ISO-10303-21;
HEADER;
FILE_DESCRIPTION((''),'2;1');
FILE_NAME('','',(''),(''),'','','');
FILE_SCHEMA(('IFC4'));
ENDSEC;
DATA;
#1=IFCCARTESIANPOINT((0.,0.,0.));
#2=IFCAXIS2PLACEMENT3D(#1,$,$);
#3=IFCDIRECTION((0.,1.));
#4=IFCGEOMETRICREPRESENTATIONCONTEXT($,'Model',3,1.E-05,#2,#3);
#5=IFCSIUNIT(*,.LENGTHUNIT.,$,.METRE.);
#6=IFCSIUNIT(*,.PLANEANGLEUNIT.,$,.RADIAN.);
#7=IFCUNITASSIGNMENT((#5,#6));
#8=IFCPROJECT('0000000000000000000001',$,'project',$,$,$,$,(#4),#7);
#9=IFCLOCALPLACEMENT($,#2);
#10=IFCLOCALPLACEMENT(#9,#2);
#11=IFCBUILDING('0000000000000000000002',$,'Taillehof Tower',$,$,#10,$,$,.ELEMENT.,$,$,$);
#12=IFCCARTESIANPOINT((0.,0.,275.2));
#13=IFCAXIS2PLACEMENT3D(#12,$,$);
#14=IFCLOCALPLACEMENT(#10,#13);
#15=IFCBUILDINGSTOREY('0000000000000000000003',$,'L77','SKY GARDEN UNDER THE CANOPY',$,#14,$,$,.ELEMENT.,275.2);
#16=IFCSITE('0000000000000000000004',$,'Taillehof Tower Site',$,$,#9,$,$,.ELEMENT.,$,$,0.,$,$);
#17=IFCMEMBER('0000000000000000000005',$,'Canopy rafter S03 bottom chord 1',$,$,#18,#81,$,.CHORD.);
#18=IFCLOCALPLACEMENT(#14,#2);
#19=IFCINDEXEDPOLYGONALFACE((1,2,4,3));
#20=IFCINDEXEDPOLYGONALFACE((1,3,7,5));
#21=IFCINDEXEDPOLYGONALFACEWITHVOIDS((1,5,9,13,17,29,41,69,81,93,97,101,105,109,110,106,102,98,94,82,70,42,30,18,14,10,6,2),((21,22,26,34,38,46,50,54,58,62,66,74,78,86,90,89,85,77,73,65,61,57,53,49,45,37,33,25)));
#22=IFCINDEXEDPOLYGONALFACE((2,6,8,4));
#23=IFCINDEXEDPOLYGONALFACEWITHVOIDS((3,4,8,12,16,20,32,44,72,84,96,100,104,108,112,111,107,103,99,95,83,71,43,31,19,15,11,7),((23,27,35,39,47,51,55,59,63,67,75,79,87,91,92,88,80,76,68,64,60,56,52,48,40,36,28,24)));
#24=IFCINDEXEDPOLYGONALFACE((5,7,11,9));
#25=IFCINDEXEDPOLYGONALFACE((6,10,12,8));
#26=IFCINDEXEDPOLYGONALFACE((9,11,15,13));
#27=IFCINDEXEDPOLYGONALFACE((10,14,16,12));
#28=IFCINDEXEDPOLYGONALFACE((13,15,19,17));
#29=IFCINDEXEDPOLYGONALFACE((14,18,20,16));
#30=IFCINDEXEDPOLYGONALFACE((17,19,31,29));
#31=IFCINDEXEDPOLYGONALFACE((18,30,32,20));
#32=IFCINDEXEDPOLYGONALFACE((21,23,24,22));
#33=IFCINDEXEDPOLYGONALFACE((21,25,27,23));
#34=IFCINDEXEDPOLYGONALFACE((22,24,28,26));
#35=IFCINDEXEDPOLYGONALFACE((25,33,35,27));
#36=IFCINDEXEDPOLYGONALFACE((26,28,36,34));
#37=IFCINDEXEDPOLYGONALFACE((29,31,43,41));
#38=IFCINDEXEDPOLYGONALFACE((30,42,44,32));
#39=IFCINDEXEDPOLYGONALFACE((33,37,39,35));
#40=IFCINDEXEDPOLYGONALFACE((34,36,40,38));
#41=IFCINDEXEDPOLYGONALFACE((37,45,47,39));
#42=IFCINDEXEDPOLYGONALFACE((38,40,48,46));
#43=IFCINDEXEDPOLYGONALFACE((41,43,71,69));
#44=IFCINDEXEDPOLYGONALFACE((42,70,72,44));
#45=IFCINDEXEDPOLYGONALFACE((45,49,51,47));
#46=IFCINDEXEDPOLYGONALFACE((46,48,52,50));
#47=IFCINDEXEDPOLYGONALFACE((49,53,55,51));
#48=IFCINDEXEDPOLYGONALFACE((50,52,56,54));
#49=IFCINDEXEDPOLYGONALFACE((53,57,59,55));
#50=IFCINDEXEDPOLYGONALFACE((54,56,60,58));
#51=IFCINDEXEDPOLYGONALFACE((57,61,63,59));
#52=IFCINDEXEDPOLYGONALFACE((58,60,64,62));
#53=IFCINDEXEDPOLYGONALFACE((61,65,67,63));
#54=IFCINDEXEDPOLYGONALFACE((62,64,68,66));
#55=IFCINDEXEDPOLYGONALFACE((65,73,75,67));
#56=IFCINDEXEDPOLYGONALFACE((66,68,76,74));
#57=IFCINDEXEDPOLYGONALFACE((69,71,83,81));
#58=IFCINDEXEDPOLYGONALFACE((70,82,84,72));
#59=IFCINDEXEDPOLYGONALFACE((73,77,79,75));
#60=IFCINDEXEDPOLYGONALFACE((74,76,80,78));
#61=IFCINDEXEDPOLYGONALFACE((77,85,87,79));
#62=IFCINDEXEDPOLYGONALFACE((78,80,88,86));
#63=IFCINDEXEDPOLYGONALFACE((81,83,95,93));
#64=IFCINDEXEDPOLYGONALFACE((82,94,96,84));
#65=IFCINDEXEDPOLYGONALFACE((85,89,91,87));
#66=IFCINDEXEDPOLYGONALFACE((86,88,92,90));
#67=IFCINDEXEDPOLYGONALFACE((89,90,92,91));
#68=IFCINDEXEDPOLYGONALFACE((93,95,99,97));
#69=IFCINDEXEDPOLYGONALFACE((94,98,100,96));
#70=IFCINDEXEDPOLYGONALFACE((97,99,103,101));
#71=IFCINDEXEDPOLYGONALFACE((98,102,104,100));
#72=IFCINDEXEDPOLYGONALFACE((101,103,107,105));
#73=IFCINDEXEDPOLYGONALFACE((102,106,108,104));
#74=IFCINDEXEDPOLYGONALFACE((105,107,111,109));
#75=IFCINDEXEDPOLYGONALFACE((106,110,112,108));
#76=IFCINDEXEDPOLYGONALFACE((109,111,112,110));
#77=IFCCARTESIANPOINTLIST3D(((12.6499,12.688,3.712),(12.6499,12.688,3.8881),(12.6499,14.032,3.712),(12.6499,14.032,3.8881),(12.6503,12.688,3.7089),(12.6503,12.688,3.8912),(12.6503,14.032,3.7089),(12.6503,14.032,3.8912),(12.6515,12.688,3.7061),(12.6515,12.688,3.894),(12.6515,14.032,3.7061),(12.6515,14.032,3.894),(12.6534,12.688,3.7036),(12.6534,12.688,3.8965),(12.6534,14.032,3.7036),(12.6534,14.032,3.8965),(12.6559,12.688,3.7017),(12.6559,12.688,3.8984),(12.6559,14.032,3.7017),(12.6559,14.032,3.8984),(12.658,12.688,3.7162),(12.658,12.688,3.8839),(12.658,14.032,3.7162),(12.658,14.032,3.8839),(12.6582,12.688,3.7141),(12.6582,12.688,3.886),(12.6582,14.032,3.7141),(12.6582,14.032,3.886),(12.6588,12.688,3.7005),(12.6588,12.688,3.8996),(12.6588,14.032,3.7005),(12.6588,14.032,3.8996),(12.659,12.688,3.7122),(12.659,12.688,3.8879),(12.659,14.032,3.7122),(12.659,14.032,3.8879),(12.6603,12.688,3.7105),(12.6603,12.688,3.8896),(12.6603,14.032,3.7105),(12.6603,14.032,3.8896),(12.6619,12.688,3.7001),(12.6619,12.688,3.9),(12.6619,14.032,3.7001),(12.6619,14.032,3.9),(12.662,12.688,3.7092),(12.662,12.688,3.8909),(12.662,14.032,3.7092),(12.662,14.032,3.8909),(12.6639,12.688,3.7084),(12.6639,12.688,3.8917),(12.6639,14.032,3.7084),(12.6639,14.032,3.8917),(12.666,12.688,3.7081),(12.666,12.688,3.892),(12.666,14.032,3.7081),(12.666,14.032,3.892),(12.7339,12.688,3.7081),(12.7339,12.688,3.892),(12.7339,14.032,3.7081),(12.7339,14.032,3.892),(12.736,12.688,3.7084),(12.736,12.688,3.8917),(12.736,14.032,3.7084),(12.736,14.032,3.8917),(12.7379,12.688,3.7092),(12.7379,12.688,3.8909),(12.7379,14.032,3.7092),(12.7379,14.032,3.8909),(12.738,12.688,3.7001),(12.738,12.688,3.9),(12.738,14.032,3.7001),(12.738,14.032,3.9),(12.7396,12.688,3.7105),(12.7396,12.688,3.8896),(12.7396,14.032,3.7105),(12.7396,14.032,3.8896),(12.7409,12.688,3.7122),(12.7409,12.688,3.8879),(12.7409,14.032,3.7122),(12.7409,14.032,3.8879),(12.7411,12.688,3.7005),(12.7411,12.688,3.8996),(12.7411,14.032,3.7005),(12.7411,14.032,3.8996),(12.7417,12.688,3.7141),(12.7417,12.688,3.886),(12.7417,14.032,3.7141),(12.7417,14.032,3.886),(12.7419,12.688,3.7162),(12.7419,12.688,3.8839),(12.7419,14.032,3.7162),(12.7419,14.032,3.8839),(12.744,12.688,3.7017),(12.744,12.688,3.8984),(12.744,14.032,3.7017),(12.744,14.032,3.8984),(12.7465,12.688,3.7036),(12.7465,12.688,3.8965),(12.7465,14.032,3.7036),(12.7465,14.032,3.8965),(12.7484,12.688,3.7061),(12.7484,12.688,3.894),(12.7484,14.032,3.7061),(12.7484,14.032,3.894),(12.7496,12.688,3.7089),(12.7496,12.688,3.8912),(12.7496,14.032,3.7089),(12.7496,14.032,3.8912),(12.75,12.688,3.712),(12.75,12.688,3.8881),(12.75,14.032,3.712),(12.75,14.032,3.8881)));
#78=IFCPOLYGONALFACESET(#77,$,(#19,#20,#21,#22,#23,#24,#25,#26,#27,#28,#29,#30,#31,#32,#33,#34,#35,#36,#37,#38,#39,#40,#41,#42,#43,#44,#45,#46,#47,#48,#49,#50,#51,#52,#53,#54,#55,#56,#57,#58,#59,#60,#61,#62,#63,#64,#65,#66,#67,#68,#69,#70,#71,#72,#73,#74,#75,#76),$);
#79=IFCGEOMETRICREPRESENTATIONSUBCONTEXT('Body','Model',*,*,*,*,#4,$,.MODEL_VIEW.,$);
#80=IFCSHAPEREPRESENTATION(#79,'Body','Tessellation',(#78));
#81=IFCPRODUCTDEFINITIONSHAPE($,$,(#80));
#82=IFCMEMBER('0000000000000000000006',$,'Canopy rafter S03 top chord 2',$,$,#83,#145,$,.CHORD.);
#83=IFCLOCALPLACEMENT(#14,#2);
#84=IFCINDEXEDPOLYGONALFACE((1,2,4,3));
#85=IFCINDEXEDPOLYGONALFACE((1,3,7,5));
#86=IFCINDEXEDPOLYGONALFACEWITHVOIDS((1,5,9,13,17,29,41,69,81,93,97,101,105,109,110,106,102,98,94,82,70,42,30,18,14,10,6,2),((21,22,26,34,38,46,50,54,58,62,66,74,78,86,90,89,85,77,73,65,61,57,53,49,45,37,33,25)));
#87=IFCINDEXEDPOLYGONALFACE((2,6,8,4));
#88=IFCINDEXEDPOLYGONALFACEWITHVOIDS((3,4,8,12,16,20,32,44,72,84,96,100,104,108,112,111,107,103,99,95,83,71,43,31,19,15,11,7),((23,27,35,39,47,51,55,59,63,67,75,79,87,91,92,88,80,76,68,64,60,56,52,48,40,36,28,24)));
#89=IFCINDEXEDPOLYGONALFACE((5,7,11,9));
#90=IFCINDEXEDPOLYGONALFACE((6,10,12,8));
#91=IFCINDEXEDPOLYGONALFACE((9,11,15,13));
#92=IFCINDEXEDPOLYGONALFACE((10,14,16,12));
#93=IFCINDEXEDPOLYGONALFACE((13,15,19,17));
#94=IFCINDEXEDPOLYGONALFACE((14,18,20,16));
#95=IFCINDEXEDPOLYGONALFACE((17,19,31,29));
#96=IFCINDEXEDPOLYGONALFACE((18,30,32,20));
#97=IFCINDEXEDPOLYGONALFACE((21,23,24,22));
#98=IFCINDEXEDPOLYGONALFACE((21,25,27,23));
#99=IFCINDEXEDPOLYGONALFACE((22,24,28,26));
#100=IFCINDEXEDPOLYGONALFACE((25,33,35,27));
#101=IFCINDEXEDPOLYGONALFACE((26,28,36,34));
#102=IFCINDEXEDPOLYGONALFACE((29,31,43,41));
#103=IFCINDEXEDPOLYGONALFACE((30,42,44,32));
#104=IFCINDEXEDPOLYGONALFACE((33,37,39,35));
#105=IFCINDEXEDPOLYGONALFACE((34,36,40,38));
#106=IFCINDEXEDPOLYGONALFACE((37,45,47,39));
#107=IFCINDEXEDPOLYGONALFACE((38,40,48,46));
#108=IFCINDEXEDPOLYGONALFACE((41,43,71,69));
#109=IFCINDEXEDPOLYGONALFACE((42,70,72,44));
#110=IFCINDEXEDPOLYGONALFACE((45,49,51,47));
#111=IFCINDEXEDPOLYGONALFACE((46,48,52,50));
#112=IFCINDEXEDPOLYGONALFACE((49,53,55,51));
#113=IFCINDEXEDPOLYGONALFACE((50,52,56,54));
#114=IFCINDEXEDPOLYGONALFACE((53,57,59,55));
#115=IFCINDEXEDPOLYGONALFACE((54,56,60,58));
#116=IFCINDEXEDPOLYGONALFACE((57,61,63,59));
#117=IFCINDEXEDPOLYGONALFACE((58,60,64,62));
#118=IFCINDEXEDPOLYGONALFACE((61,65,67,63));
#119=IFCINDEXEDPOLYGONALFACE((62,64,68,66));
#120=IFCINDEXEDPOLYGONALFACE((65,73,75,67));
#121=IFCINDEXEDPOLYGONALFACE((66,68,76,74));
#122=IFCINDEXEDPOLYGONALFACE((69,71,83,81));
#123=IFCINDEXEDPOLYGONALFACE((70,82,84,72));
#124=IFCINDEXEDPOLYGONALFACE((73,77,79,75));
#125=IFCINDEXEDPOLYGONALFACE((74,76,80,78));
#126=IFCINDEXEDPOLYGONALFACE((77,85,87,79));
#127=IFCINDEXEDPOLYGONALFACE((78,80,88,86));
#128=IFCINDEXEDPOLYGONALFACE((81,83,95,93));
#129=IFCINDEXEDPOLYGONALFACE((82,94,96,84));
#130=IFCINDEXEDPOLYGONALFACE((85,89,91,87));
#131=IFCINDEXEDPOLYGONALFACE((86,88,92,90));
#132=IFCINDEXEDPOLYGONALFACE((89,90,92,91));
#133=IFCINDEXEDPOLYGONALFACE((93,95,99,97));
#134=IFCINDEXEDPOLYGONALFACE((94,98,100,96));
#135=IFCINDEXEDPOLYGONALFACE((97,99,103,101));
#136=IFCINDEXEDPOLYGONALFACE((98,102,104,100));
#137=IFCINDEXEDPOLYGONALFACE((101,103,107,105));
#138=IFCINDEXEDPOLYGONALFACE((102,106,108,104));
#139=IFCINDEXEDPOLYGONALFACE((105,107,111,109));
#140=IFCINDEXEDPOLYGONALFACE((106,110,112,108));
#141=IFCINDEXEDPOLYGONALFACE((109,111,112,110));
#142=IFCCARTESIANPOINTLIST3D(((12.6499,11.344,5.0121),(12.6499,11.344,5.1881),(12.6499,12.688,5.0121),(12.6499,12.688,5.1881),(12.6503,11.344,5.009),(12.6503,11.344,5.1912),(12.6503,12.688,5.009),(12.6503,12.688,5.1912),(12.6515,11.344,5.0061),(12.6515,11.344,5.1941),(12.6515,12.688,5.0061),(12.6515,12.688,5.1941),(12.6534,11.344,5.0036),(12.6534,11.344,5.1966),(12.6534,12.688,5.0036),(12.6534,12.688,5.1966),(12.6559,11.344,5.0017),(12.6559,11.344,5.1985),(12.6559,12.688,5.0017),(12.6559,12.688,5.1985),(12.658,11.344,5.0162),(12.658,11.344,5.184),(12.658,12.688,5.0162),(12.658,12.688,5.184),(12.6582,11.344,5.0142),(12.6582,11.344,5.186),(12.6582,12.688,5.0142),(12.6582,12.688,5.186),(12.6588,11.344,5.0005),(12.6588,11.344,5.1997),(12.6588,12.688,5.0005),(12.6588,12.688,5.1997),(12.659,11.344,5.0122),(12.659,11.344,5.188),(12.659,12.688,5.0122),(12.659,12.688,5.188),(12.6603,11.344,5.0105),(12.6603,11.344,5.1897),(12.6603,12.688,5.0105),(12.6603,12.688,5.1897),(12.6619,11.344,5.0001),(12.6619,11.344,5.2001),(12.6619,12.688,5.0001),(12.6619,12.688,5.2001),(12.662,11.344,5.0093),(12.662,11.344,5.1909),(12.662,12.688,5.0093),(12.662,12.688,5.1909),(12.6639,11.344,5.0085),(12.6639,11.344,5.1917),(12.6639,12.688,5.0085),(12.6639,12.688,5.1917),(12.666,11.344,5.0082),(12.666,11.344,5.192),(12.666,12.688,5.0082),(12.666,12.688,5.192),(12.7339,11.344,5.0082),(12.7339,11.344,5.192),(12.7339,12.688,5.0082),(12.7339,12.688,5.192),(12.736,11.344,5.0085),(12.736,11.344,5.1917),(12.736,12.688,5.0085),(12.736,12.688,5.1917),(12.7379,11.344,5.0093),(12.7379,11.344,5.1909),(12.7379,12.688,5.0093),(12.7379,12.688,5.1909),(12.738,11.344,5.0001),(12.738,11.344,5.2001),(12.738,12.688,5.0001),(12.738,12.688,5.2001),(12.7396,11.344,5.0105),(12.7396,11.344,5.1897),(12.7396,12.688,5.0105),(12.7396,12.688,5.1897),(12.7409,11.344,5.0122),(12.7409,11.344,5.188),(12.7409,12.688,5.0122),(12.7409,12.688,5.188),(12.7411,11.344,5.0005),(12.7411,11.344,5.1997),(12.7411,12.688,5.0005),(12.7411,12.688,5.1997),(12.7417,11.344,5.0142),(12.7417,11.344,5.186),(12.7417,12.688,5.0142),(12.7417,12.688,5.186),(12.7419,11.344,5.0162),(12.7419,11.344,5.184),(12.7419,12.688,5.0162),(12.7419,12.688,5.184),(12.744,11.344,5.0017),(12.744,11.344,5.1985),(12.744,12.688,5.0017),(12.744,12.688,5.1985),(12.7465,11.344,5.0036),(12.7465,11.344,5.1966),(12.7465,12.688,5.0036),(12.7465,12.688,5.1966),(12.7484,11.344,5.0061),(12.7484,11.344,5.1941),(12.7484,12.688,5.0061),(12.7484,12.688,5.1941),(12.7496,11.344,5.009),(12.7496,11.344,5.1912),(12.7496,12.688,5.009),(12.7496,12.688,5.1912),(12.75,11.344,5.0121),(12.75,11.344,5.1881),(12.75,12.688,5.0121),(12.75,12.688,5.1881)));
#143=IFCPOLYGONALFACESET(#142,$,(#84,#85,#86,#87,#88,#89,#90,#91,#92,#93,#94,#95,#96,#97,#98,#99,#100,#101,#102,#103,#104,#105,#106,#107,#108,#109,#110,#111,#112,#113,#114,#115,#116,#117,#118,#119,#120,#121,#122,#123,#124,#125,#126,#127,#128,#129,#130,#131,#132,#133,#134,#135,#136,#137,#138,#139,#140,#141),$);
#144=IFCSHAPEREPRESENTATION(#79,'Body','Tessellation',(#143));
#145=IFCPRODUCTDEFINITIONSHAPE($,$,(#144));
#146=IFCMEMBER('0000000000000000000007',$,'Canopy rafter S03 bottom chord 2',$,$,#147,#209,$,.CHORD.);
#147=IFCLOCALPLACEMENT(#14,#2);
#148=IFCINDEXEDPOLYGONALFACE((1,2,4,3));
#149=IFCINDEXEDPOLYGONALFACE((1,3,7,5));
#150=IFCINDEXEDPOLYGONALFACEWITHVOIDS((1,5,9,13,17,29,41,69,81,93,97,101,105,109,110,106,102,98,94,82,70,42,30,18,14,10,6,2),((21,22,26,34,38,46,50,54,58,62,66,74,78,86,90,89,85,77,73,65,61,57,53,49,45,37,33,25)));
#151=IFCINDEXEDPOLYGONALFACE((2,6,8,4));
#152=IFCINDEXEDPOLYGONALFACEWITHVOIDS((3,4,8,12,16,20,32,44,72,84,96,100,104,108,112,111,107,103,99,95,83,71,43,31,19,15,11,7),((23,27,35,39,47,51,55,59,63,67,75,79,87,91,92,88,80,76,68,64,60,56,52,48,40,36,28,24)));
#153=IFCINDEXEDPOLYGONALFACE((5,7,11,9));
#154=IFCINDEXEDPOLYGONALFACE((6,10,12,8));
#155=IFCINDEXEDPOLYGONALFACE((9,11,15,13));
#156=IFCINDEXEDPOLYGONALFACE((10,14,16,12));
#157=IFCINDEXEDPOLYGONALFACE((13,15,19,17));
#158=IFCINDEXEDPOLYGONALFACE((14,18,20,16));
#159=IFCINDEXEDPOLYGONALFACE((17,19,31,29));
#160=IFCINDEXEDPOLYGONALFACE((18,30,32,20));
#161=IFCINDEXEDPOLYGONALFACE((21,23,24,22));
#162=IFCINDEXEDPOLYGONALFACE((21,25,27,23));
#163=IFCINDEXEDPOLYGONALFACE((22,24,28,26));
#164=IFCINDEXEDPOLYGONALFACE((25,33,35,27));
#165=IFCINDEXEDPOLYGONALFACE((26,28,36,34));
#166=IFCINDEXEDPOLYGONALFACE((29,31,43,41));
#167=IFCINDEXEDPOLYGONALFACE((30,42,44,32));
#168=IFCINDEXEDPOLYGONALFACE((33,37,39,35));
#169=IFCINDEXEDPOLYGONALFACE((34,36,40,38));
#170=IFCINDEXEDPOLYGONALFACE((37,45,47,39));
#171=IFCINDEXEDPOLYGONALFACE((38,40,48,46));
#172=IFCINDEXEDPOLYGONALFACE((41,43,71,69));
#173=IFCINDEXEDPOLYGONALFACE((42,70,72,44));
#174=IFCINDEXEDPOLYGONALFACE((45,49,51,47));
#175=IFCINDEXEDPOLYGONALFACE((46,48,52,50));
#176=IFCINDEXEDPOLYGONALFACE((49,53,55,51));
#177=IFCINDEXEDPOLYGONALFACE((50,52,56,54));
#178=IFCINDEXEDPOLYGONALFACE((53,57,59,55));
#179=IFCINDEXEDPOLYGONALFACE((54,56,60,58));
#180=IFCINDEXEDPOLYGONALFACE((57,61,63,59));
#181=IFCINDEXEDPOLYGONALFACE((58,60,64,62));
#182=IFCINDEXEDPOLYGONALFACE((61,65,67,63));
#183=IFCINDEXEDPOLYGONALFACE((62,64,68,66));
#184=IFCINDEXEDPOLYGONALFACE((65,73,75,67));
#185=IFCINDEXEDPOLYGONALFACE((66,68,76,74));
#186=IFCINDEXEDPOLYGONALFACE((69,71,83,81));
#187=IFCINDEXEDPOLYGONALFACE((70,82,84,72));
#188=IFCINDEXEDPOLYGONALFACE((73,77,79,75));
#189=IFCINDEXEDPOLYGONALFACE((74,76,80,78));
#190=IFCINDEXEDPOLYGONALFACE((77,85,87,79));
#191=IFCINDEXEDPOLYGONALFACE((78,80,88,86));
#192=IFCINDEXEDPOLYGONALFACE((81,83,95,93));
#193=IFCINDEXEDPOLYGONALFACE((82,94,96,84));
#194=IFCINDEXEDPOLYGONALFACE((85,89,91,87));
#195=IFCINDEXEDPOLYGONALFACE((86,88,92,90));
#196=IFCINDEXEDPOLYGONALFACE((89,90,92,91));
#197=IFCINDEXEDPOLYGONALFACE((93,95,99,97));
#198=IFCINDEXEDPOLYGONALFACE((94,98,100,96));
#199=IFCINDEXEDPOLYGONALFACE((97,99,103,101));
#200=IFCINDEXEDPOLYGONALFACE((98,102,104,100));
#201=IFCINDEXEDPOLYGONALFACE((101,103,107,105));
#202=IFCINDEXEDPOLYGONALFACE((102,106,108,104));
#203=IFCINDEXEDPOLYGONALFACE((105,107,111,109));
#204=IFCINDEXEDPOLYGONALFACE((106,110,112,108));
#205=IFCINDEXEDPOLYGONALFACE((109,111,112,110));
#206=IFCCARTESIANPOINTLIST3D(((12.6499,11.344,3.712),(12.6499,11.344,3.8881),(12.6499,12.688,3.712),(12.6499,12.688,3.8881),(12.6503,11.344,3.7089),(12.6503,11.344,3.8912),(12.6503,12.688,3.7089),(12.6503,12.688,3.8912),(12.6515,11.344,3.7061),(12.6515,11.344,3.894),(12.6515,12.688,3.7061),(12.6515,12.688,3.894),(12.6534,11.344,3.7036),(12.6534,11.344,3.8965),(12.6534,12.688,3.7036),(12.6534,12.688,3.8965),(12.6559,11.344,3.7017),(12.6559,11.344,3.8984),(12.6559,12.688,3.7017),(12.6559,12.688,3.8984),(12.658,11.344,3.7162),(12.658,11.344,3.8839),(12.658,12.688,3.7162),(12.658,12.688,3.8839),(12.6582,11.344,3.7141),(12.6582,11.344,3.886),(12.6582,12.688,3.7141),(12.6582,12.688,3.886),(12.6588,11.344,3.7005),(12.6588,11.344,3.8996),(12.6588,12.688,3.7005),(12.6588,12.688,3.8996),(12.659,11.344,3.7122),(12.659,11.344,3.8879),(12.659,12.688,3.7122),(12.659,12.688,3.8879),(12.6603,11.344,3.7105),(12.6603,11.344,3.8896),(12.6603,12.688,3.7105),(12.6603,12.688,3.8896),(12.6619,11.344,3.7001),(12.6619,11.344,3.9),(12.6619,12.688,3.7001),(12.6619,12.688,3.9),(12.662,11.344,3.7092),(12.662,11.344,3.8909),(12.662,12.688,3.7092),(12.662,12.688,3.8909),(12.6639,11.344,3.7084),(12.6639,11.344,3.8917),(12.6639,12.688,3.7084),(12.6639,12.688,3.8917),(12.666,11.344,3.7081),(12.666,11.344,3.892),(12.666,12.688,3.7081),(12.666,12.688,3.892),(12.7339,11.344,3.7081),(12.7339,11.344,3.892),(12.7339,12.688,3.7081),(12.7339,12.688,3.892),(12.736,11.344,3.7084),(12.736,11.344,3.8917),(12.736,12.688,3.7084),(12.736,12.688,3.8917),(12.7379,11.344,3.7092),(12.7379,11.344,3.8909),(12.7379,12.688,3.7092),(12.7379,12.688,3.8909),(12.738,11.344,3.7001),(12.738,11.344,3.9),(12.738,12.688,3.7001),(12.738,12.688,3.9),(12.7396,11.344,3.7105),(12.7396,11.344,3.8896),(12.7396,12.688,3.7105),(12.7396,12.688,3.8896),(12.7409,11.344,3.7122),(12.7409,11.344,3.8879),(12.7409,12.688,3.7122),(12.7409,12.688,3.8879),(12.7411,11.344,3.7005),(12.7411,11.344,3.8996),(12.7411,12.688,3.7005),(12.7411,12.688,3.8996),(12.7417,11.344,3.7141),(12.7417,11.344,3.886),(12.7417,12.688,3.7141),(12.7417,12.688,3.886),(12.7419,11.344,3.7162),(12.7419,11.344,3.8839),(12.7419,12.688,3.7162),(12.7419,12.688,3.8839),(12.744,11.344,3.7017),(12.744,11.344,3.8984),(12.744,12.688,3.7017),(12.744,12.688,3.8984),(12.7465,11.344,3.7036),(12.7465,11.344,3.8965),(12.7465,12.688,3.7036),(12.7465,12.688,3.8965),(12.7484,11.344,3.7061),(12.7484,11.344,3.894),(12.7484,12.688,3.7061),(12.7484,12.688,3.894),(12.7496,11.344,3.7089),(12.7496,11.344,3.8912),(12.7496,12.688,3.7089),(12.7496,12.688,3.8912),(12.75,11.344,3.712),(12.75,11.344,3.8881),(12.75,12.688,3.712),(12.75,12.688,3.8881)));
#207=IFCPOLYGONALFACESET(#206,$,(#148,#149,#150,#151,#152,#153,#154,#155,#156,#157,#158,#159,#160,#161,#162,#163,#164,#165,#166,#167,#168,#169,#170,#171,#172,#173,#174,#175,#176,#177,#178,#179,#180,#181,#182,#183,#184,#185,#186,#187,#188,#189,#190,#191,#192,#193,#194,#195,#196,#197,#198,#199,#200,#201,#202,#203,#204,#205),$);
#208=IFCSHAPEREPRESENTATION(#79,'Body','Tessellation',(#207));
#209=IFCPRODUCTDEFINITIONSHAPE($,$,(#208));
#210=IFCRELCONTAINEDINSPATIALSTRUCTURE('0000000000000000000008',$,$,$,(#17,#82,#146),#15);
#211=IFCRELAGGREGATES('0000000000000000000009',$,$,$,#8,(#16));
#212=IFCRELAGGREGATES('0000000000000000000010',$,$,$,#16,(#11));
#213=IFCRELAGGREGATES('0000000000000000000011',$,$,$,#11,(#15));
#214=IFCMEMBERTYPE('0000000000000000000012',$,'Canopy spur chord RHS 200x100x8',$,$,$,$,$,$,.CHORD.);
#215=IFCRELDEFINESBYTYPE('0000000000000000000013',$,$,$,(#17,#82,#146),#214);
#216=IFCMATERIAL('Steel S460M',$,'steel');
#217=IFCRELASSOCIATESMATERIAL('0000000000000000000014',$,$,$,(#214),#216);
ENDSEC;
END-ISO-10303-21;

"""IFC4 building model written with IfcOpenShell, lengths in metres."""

from ifc_helpers import new_model, si_unit, direction, frame, origin, origin_2d, place, context, subcontext, project, spatial, hollow_rectangle, extrude, material, material_profile, profile_set, type_object, element, save


model = new_model("IFC4")

# Units and contexts
model_context = context("Model", 3, precision=1e-05, world=origin(), true_north=direction((0.0, 1.0)))
body_context = subcontext(model_context, "Body", "Model", "MODEL_VIEW")
ifc_project = project(units=[si_unit("LENGTHUNIT", "METRE"), si_unit("PLANEANGLEUNIT", "RADIAN")], contexts=[model_context])

# Site, building, storey
site_placement = place(None, origin())
site = spatial("IfcSite", under=ifc_project, at=site_placement, Name="Taillehof Tower Site", CompositionType="ELEMENT", RefElevation=0.0)
building_placement = place(site_placement, origin())
building = spatial("IfcBuilding", under=site, at=building_placement, Name="Taillehof Tower", CompositionType="ELEMENT")
storey_placement = place(building_placement, frame((0.0, 0.0, 275.2)))
storey = spatial("IfcBuildingStorey", under=building, at=storey_placement, Name="L77", Description="SKY GARDEN UNDER THE CANOPY", CompositionType="ELEMENT", Elevation=275.2)

# Members
ifc_material_1 = material(Name="Steel S460M", Category="steel")
ifc_material_profile_1 = material_profile(ifc_material_1, hollow_rectangle(XDim=0.1001, YDim=0.2, WallThickness=0.0081, InnerFilletRadius=0.0081, OuterFilletRadius=0.012, at=origin_2d()), Name="RHS 200x100x8")
ifc_profile_set_1 = profile_set([ifc_material_profile_1], Name="Steel S460M")
member_type_1 = type_object("IfcMemberType", Name="Canopy spur chord RHS 200x100x8", PredefinedType="CHORD", material=ifc_profile_set_1)
for number, where, z_axis, x_axis, name in (
    (1, (12.7, 14.032, 3.8), (0.0, -1.0, 0.0), (1.0, 0.0, 0.0), "Canopy rafter S03 bottom chord 1"),
    (2, (12.7, 12.688, 5.1001), (0.0, -1.0, 0.0), (1.0, 0.0, 0.0), "Canopy rafter S03 top chord 2"),
    (3, (12.7, 12.688, 3.8), (0.0, -1.0, 0.0), (1.0, 0.0, 0.0), "Canopy rafter S03 bottom chord 2"),
):
    element("IfcMember", number, at=place(storey_placement, frame(where, z_axis=z_axis, x_axis=x_axis)), inside=storey, type_object=member_type_1, Name=name, PredefinedType="CHORD", context=body_context, shape_type="SweptSolid", body=[
        extrude(hollow_rectangle(XDim=0.1001, YDim=0.2, WallThickness=0.0081, InnerFilletRadius=0.0081, OuterFilletRadius=0.012, at=origin_2d()), origin(), (0.0, 0.0, 1.0), 1.344),
    ])

save(model, "model.ifc")
